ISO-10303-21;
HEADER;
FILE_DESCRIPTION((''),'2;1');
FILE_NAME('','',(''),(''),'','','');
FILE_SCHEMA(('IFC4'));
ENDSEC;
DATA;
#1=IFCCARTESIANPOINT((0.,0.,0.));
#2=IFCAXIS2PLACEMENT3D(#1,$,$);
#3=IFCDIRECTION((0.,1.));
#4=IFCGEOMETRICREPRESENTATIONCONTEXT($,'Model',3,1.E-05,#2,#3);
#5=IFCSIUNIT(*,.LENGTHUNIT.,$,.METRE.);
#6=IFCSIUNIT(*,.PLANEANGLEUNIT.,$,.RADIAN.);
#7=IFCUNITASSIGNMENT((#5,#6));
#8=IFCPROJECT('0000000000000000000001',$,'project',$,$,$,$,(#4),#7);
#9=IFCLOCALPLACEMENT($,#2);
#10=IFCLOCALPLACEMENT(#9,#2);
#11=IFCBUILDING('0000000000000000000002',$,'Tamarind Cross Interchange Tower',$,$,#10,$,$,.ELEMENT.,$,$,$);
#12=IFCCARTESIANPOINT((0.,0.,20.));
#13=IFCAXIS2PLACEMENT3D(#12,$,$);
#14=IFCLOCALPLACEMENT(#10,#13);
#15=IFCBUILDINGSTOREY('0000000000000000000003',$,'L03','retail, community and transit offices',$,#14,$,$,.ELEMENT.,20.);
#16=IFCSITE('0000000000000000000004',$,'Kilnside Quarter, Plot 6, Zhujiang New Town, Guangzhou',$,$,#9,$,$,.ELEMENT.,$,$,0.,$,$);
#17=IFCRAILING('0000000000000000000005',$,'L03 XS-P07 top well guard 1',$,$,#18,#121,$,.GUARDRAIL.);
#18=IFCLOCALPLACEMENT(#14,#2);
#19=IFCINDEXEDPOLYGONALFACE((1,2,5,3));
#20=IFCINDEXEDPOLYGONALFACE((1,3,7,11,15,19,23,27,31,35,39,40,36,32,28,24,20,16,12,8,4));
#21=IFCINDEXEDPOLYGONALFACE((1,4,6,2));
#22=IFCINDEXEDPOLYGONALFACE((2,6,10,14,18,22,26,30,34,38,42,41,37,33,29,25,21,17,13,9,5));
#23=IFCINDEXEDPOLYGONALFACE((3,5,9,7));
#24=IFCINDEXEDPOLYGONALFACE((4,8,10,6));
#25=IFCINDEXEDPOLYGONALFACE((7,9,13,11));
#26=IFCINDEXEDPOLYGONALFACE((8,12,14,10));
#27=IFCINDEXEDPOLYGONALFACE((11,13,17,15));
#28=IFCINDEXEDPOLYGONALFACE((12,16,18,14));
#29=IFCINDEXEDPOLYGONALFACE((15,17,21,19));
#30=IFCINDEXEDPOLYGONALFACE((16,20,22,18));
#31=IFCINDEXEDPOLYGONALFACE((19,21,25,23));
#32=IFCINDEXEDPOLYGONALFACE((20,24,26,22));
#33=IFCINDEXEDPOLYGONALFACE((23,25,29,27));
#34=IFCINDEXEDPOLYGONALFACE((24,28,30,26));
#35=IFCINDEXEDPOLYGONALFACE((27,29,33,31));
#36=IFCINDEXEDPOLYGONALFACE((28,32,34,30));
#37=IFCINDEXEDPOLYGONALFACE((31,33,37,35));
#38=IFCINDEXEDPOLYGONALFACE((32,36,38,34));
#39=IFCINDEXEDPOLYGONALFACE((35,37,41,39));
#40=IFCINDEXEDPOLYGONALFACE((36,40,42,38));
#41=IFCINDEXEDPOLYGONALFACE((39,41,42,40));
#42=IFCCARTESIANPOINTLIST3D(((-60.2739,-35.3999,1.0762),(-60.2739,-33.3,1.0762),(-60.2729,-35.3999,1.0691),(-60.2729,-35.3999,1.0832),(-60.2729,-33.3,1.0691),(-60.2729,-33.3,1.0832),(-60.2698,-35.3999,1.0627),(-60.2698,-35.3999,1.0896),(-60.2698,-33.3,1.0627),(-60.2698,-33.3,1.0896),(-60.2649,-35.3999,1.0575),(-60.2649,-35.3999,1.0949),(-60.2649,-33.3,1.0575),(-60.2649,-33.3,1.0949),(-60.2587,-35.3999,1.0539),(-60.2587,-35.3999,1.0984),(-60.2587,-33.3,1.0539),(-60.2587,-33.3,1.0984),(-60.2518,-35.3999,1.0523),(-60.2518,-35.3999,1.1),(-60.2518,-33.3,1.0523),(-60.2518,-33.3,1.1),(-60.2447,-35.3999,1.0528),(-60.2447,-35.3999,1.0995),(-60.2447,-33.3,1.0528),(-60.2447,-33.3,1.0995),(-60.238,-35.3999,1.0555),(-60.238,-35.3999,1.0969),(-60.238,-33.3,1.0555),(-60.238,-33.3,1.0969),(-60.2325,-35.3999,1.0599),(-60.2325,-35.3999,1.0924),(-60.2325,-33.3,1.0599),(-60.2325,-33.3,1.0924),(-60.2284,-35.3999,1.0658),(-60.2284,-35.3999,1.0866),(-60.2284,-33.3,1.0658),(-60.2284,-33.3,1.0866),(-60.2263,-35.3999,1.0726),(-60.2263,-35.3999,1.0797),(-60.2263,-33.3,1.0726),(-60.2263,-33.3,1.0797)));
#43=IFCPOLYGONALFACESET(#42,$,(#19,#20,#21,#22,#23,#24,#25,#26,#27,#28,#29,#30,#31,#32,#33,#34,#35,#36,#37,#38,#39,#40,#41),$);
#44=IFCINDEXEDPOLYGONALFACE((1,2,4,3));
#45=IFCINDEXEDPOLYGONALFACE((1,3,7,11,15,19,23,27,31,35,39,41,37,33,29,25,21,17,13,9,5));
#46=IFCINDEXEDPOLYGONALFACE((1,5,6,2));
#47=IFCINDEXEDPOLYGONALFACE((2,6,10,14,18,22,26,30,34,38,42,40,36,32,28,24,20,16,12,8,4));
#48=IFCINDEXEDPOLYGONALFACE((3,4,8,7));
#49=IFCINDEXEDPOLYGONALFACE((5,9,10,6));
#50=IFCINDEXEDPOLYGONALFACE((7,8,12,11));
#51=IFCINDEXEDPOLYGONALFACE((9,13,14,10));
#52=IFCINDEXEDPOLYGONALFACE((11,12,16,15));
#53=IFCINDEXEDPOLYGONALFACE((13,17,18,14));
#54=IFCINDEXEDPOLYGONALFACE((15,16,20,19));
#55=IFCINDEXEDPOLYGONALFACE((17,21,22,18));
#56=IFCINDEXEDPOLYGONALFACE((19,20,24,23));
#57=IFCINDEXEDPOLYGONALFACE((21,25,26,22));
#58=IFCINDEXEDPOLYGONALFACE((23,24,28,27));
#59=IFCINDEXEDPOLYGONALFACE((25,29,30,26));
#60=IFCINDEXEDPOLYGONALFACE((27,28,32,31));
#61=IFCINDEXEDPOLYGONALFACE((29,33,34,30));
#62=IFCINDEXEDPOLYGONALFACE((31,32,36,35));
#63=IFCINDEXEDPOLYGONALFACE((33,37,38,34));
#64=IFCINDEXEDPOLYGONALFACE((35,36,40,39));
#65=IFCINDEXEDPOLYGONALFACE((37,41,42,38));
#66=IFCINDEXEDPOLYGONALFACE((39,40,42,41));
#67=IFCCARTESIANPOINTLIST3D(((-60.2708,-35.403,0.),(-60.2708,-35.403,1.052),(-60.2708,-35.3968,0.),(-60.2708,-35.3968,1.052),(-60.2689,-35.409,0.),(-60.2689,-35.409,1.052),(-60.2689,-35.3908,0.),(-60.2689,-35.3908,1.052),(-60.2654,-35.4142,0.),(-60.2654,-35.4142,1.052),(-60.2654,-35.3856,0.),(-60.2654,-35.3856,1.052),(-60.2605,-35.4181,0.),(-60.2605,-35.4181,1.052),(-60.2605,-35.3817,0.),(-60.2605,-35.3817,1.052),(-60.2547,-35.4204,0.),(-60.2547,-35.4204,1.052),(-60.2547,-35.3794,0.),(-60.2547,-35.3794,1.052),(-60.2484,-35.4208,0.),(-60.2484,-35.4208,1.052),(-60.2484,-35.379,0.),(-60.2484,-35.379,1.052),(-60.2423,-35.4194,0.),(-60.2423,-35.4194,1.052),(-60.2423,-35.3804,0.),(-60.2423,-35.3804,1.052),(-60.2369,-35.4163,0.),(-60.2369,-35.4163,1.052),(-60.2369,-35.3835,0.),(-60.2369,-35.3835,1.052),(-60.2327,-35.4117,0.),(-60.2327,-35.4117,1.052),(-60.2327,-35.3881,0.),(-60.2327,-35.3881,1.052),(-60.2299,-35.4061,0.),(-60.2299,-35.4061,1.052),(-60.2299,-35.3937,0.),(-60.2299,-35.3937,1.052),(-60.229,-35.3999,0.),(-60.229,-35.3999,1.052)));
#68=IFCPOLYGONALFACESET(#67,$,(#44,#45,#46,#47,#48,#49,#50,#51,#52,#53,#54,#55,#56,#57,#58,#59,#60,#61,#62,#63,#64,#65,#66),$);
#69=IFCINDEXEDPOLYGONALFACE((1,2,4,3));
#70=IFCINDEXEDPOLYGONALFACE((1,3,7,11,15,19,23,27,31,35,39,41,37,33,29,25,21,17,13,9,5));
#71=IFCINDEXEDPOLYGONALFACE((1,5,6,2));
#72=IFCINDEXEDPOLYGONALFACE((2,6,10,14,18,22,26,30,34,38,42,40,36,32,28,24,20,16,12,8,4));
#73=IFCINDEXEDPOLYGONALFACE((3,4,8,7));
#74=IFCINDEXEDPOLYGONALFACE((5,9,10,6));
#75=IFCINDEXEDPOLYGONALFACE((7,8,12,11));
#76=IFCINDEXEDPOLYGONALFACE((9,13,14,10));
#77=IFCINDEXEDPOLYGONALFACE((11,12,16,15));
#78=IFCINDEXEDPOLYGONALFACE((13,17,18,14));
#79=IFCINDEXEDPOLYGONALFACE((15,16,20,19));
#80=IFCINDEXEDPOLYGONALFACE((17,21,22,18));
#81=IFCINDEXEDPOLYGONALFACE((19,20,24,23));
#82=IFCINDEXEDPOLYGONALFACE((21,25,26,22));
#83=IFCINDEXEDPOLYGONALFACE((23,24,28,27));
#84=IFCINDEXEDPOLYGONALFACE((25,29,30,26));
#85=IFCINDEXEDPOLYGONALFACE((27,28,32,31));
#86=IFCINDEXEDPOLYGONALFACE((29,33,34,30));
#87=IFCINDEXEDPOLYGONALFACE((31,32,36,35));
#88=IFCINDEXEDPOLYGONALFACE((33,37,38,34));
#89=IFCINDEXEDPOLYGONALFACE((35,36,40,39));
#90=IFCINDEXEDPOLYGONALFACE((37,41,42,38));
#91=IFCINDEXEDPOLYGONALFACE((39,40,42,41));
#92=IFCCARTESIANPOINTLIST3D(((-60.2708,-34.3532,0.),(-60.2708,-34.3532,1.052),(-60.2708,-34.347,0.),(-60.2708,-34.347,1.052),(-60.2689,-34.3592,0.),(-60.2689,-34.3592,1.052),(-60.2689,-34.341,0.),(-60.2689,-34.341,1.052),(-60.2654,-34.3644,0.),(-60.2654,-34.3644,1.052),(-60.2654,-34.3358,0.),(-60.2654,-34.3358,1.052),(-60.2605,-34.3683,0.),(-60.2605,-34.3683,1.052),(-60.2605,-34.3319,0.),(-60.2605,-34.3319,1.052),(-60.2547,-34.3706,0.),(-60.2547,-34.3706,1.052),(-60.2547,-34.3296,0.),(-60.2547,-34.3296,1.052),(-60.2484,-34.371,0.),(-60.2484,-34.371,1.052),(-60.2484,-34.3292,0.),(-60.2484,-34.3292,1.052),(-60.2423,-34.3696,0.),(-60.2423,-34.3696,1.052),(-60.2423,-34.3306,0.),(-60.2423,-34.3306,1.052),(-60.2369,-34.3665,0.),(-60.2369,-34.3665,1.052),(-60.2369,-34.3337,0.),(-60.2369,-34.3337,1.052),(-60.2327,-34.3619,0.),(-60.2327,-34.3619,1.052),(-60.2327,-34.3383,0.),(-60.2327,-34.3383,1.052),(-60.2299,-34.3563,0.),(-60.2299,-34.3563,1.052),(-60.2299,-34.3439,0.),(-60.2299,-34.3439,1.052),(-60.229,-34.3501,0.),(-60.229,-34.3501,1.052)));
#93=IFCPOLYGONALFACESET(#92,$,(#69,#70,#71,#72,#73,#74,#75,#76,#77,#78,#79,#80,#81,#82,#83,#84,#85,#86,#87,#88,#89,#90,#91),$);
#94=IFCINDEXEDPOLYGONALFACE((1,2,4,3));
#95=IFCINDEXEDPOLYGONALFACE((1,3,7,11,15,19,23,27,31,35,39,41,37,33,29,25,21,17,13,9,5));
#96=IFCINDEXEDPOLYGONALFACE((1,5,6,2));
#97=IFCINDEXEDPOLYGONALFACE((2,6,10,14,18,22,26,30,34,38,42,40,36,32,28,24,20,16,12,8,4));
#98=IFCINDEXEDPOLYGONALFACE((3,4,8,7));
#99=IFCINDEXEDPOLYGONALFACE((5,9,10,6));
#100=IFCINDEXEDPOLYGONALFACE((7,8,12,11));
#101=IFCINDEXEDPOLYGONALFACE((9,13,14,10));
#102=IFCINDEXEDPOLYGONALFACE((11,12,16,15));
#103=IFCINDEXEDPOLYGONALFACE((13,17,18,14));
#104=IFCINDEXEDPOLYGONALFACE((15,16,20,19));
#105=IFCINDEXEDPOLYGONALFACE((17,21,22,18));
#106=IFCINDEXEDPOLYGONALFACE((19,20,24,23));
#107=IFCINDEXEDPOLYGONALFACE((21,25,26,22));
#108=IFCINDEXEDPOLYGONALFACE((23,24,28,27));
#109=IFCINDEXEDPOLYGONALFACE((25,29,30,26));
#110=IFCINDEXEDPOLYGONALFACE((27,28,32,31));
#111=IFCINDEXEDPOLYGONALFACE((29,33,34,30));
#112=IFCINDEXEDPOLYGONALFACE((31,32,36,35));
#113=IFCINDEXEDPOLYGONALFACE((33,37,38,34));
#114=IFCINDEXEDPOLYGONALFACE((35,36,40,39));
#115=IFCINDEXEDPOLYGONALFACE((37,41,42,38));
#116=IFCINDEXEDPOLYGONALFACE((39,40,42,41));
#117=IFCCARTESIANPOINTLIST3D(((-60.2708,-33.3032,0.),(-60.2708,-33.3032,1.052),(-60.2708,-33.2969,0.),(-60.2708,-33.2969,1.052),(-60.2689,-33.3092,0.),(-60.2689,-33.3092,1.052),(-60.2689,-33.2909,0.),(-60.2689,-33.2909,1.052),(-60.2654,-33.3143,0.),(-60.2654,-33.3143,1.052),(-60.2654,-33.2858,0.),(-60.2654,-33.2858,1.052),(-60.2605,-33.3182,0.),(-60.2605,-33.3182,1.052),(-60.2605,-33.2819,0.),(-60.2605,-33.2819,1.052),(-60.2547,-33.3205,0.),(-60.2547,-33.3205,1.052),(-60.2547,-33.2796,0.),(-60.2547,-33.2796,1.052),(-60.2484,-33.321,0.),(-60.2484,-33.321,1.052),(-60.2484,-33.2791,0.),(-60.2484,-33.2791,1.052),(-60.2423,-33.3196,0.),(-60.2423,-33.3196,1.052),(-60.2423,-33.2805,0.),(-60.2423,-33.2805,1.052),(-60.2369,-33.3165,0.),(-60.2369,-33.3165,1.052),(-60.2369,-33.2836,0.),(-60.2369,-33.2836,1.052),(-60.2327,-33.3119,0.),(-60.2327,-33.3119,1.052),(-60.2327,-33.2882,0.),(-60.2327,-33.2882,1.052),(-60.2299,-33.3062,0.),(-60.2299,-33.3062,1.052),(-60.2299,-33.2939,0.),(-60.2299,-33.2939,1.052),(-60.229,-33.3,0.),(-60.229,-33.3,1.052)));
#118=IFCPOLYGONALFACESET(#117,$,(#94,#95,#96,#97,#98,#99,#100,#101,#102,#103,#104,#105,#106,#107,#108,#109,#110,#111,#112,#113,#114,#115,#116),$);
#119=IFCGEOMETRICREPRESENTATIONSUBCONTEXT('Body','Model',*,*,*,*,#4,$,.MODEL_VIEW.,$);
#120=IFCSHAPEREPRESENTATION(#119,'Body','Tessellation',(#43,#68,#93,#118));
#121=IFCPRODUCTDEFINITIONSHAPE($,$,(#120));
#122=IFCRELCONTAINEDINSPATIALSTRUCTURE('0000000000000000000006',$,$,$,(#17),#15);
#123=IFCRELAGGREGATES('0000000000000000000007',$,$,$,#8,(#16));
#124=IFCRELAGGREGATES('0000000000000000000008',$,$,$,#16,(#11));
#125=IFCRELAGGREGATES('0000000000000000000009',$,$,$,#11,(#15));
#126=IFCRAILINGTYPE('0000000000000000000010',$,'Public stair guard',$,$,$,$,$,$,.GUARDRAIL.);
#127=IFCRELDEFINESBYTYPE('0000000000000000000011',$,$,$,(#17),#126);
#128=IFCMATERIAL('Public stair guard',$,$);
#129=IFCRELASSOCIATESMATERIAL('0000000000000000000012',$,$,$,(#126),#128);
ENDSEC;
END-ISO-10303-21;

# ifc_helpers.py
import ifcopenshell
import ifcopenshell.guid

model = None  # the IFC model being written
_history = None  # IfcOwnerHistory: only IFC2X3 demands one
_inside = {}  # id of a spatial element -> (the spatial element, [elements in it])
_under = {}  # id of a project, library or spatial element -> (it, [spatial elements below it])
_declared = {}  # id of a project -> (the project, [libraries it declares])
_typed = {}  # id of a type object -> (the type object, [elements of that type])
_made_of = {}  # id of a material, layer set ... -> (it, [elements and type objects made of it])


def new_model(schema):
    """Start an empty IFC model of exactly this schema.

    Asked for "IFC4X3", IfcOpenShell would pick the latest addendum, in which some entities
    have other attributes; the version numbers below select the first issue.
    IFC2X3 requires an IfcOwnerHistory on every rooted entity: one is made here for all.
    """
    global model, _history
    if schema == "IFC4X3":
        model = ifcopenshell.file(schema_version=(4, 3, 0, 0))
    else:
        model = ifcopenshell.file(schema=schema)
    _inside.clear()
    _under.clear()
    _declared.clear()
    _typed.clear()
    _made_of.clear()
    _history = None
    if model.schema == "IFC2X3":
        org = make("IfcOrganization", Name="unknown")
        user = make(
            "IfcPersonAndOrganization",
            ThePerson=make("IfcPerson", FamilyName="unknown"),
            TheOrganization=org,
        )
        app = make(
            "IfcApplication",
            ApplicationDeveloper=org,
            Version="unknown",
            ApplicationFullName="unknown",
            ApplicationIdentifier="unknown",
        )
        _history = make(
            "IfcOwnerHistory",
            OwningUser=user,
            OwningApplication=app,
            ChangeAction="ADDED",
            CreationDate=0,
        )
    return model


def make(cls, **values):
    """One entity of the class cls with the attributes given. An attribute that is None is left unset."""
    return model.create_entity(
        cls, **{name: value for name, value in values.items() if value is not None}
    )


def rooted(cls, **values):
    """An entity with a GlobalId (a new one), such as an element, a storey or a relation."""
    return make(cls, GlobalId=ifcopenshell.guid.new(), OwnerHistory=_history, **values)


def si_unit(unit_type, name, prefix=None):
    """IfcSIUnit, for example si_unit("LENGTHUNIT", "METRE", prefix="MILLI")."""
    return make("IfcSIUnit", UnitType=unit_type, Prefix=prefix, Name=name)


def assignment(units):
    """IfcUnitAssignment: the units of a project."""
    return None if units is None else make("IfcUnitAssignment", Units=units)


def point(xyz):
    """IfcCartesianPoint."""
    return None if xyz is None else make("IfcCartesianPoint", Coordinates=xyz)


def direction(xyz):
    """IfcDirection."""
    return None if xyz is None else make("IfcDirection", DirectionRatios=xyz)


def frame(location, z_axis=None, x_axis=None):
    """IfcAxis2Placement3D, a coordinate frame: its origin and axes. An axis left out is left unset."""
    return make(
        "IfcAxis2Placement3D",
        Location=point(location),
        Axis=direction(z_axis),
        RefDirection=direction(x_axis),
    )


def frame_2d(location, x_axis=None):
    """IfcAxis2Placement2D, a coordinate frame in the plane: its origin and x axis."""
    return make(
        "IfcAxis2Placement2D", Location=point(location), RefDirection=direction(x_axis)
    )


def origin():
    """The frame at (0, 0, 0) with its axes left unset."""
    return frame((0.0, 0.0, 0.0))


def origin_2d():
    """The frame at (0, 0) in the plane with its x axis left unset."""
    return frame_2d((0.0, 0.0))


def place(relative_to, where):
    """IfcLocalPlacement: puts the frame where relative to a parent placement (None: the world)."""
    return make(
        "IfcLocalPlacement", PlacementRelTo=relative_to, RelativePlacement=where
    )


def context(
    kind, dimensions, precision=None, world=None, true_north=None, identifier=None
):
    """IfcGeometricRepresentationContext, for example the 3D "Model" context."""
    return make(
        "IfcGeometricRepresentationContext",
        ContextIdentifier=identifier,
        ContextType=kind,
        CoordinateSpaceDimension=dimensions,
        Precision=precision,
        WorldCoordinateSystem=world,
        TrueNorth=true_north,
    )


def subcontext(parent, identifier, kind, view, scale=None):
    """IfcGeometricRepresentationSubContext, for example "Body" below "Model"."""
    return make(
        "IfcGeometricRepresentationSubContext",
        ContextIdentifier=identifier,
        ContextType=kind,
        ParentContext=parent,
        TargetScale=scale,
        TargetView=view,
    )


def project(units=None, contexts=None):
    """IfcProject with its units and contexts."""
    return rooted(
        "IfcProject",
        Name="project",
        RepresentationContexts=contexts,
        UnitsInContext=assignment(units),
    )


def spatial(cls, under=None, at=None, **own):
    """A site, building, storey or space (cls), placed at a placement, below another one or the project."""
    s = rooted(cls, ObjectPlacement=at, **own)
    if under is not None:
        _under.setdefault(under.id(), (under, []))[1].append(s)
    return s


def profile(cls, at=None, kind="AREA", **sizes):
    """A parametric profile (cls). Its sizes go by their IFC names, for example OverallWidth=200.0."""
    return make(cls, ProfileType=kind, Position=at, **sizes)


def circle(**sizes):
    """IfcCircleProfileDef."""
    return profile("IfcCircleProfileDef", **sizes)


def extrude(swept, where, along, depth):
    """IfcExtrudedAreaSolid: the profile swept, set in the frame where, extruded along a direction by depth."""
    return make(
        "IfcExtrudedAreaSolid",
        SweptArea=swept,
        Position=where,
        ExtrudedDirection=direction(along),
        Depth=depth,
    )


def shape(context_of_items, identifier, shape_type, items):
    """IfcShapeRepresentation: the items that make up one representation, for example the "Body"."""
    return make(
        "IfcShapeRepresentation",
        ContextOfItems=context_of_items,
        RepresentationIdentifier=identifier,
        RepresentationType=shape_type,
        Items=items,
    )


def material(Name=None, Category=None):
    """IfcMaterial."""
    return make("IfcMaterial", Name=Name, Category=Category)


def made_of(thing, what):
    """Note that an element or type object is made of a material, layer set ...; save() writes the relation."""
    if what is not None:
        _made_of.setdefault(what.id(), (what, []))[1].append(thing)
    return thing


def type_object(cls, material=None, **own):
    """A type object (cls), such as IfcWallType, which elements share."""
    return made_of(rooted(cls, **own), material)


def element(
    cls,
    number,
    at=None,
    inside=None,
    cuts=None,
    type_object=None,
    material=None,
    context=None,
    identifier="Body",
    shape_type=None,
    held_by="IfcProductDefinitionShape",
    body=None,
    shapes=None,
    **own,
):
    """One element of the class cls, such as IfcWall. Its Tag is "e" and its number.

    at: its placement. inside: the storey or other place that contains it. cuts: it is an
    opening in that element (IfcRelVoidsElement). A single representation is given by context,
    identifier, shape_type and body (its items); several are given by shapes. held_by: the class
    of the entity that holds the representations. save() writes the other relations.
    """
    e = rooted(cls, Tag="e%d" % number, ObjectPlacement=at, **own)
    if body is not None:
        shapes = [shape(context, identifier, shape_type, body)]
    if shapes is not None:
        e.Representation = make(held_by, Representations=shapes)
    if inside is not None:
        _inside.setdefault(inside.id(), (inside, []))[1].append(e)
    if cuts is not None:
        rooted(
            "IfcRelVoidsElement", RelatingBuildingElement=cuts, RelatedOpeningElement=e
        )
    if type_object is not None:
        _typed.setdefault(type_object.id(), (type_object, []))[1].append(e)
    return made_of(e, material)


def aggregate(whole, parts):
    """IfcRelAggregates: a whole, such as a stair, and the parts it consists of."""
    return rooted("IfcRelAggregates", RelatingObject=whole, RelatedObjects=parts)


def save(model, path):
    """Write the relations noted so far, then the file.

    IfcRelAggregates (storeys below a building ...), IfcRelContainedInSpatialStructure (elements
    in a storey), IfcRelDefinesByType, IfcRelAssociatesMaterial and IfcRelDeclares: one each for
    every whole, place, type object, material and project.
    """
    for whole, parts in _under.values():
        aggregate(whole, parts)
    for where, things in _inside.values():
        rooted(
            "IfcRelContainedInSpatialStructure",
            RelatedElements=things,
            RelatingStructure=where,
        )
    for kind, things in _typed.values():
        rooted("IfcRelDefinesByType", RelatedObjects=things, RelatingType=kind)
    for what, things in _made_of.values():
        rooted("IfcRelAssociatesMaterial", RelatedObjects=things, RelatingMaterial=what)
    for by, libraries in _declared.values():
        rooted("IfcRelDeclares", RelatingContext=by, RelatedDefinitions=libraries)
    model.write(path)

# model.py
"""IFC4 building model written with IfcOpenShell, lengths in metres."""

from ifc_helpers import new_model, si_unit, direction, frame, origin, origin_2d, place, context, subcontext, project, spatial, circle, extrude, material, type_object, element, save


model = new_model("IFC4")

# Units and contexts
model_context = context("Model", 3, precision=1e-05, world=origin(), true_north=direction((0.0, 1.0)))
body_context = subcontext(model_context, "Body", "Model", "MODEL_VIEW")
ifc_project = project(units=[si_unit("LENGTHUNIT", "METRE"), si_unit("PLANEANGLEUNIT", "RADIAN")], contexts=[model_context])

# Site, building, storey
site_placement = place(None, origin())
site = spatial("IfcSite", under=ifc_project, at=site_placement, Name="Kilnside Quarter, Plot 6, Zhujiang New Town, Guangzhou", CompositionType="ELEMENT", RefElevation=0.0)
building_placement = place(site_placement, origin())
building = spatial("IfcBuilding", under=site, at=building_placement, Name="Tamarind Cross Interchange Tower", CompositionType="ELEMENT")
storey_placement = place(building_placement, frame((0.0, 0.0, 20.0)))
storey = spatial("IfcBuildingStorey", under=building, at=storey_placement, Name="L03", Description="retail, community and transit offices", CompositionType="ELEMENT", Elevation=20.0)

# Railing
ifc_material_1 = material(Name="Public stair guard")
railing_type = type_object("IfcRailingType", Name="Public stair guard", PredefinedType="GUARDRAIL", material=ifc_material_1)
railing_placement = place(storey_placement, frame((-60.25, -35.3999, 0.0)))
element("IfcRailing", 1, at=railing_placement, inside=storey, type_object=railing_type, Name="L03 XS-P07 top well guard 1", PredefinedType="GUARDRAIL", context=body_context, shape_type="SweptSolid", body=[
    extrude(circle(Radius=0.0239, at=origin_2d()), frame((0.0, 0.0, 1.0762), z_axis=(0.0, 1.0, 0.0), x_axis=(-1.0, 0.0, 0.0)), (0.0, 0.0, 1.0), 2.0999),
    extrude(circle(Radius=0.021, at=origin_2d()), origin(), (0.0, 0.0, 1.0), 1.052),
    extrude(circle(Radius=0.021, at=origin_2d()), frame((0.0, 1.0498, 0.0)), (0.0, 0.0, 1.0), 1.052),
    extrude(circle(Radius=0.021, at=origin_2d()), frame((0.0, 2.0999, 0.0)), (0.0, 0.0, 1.0), 1.052),
])

save(model, "model.ifc")
